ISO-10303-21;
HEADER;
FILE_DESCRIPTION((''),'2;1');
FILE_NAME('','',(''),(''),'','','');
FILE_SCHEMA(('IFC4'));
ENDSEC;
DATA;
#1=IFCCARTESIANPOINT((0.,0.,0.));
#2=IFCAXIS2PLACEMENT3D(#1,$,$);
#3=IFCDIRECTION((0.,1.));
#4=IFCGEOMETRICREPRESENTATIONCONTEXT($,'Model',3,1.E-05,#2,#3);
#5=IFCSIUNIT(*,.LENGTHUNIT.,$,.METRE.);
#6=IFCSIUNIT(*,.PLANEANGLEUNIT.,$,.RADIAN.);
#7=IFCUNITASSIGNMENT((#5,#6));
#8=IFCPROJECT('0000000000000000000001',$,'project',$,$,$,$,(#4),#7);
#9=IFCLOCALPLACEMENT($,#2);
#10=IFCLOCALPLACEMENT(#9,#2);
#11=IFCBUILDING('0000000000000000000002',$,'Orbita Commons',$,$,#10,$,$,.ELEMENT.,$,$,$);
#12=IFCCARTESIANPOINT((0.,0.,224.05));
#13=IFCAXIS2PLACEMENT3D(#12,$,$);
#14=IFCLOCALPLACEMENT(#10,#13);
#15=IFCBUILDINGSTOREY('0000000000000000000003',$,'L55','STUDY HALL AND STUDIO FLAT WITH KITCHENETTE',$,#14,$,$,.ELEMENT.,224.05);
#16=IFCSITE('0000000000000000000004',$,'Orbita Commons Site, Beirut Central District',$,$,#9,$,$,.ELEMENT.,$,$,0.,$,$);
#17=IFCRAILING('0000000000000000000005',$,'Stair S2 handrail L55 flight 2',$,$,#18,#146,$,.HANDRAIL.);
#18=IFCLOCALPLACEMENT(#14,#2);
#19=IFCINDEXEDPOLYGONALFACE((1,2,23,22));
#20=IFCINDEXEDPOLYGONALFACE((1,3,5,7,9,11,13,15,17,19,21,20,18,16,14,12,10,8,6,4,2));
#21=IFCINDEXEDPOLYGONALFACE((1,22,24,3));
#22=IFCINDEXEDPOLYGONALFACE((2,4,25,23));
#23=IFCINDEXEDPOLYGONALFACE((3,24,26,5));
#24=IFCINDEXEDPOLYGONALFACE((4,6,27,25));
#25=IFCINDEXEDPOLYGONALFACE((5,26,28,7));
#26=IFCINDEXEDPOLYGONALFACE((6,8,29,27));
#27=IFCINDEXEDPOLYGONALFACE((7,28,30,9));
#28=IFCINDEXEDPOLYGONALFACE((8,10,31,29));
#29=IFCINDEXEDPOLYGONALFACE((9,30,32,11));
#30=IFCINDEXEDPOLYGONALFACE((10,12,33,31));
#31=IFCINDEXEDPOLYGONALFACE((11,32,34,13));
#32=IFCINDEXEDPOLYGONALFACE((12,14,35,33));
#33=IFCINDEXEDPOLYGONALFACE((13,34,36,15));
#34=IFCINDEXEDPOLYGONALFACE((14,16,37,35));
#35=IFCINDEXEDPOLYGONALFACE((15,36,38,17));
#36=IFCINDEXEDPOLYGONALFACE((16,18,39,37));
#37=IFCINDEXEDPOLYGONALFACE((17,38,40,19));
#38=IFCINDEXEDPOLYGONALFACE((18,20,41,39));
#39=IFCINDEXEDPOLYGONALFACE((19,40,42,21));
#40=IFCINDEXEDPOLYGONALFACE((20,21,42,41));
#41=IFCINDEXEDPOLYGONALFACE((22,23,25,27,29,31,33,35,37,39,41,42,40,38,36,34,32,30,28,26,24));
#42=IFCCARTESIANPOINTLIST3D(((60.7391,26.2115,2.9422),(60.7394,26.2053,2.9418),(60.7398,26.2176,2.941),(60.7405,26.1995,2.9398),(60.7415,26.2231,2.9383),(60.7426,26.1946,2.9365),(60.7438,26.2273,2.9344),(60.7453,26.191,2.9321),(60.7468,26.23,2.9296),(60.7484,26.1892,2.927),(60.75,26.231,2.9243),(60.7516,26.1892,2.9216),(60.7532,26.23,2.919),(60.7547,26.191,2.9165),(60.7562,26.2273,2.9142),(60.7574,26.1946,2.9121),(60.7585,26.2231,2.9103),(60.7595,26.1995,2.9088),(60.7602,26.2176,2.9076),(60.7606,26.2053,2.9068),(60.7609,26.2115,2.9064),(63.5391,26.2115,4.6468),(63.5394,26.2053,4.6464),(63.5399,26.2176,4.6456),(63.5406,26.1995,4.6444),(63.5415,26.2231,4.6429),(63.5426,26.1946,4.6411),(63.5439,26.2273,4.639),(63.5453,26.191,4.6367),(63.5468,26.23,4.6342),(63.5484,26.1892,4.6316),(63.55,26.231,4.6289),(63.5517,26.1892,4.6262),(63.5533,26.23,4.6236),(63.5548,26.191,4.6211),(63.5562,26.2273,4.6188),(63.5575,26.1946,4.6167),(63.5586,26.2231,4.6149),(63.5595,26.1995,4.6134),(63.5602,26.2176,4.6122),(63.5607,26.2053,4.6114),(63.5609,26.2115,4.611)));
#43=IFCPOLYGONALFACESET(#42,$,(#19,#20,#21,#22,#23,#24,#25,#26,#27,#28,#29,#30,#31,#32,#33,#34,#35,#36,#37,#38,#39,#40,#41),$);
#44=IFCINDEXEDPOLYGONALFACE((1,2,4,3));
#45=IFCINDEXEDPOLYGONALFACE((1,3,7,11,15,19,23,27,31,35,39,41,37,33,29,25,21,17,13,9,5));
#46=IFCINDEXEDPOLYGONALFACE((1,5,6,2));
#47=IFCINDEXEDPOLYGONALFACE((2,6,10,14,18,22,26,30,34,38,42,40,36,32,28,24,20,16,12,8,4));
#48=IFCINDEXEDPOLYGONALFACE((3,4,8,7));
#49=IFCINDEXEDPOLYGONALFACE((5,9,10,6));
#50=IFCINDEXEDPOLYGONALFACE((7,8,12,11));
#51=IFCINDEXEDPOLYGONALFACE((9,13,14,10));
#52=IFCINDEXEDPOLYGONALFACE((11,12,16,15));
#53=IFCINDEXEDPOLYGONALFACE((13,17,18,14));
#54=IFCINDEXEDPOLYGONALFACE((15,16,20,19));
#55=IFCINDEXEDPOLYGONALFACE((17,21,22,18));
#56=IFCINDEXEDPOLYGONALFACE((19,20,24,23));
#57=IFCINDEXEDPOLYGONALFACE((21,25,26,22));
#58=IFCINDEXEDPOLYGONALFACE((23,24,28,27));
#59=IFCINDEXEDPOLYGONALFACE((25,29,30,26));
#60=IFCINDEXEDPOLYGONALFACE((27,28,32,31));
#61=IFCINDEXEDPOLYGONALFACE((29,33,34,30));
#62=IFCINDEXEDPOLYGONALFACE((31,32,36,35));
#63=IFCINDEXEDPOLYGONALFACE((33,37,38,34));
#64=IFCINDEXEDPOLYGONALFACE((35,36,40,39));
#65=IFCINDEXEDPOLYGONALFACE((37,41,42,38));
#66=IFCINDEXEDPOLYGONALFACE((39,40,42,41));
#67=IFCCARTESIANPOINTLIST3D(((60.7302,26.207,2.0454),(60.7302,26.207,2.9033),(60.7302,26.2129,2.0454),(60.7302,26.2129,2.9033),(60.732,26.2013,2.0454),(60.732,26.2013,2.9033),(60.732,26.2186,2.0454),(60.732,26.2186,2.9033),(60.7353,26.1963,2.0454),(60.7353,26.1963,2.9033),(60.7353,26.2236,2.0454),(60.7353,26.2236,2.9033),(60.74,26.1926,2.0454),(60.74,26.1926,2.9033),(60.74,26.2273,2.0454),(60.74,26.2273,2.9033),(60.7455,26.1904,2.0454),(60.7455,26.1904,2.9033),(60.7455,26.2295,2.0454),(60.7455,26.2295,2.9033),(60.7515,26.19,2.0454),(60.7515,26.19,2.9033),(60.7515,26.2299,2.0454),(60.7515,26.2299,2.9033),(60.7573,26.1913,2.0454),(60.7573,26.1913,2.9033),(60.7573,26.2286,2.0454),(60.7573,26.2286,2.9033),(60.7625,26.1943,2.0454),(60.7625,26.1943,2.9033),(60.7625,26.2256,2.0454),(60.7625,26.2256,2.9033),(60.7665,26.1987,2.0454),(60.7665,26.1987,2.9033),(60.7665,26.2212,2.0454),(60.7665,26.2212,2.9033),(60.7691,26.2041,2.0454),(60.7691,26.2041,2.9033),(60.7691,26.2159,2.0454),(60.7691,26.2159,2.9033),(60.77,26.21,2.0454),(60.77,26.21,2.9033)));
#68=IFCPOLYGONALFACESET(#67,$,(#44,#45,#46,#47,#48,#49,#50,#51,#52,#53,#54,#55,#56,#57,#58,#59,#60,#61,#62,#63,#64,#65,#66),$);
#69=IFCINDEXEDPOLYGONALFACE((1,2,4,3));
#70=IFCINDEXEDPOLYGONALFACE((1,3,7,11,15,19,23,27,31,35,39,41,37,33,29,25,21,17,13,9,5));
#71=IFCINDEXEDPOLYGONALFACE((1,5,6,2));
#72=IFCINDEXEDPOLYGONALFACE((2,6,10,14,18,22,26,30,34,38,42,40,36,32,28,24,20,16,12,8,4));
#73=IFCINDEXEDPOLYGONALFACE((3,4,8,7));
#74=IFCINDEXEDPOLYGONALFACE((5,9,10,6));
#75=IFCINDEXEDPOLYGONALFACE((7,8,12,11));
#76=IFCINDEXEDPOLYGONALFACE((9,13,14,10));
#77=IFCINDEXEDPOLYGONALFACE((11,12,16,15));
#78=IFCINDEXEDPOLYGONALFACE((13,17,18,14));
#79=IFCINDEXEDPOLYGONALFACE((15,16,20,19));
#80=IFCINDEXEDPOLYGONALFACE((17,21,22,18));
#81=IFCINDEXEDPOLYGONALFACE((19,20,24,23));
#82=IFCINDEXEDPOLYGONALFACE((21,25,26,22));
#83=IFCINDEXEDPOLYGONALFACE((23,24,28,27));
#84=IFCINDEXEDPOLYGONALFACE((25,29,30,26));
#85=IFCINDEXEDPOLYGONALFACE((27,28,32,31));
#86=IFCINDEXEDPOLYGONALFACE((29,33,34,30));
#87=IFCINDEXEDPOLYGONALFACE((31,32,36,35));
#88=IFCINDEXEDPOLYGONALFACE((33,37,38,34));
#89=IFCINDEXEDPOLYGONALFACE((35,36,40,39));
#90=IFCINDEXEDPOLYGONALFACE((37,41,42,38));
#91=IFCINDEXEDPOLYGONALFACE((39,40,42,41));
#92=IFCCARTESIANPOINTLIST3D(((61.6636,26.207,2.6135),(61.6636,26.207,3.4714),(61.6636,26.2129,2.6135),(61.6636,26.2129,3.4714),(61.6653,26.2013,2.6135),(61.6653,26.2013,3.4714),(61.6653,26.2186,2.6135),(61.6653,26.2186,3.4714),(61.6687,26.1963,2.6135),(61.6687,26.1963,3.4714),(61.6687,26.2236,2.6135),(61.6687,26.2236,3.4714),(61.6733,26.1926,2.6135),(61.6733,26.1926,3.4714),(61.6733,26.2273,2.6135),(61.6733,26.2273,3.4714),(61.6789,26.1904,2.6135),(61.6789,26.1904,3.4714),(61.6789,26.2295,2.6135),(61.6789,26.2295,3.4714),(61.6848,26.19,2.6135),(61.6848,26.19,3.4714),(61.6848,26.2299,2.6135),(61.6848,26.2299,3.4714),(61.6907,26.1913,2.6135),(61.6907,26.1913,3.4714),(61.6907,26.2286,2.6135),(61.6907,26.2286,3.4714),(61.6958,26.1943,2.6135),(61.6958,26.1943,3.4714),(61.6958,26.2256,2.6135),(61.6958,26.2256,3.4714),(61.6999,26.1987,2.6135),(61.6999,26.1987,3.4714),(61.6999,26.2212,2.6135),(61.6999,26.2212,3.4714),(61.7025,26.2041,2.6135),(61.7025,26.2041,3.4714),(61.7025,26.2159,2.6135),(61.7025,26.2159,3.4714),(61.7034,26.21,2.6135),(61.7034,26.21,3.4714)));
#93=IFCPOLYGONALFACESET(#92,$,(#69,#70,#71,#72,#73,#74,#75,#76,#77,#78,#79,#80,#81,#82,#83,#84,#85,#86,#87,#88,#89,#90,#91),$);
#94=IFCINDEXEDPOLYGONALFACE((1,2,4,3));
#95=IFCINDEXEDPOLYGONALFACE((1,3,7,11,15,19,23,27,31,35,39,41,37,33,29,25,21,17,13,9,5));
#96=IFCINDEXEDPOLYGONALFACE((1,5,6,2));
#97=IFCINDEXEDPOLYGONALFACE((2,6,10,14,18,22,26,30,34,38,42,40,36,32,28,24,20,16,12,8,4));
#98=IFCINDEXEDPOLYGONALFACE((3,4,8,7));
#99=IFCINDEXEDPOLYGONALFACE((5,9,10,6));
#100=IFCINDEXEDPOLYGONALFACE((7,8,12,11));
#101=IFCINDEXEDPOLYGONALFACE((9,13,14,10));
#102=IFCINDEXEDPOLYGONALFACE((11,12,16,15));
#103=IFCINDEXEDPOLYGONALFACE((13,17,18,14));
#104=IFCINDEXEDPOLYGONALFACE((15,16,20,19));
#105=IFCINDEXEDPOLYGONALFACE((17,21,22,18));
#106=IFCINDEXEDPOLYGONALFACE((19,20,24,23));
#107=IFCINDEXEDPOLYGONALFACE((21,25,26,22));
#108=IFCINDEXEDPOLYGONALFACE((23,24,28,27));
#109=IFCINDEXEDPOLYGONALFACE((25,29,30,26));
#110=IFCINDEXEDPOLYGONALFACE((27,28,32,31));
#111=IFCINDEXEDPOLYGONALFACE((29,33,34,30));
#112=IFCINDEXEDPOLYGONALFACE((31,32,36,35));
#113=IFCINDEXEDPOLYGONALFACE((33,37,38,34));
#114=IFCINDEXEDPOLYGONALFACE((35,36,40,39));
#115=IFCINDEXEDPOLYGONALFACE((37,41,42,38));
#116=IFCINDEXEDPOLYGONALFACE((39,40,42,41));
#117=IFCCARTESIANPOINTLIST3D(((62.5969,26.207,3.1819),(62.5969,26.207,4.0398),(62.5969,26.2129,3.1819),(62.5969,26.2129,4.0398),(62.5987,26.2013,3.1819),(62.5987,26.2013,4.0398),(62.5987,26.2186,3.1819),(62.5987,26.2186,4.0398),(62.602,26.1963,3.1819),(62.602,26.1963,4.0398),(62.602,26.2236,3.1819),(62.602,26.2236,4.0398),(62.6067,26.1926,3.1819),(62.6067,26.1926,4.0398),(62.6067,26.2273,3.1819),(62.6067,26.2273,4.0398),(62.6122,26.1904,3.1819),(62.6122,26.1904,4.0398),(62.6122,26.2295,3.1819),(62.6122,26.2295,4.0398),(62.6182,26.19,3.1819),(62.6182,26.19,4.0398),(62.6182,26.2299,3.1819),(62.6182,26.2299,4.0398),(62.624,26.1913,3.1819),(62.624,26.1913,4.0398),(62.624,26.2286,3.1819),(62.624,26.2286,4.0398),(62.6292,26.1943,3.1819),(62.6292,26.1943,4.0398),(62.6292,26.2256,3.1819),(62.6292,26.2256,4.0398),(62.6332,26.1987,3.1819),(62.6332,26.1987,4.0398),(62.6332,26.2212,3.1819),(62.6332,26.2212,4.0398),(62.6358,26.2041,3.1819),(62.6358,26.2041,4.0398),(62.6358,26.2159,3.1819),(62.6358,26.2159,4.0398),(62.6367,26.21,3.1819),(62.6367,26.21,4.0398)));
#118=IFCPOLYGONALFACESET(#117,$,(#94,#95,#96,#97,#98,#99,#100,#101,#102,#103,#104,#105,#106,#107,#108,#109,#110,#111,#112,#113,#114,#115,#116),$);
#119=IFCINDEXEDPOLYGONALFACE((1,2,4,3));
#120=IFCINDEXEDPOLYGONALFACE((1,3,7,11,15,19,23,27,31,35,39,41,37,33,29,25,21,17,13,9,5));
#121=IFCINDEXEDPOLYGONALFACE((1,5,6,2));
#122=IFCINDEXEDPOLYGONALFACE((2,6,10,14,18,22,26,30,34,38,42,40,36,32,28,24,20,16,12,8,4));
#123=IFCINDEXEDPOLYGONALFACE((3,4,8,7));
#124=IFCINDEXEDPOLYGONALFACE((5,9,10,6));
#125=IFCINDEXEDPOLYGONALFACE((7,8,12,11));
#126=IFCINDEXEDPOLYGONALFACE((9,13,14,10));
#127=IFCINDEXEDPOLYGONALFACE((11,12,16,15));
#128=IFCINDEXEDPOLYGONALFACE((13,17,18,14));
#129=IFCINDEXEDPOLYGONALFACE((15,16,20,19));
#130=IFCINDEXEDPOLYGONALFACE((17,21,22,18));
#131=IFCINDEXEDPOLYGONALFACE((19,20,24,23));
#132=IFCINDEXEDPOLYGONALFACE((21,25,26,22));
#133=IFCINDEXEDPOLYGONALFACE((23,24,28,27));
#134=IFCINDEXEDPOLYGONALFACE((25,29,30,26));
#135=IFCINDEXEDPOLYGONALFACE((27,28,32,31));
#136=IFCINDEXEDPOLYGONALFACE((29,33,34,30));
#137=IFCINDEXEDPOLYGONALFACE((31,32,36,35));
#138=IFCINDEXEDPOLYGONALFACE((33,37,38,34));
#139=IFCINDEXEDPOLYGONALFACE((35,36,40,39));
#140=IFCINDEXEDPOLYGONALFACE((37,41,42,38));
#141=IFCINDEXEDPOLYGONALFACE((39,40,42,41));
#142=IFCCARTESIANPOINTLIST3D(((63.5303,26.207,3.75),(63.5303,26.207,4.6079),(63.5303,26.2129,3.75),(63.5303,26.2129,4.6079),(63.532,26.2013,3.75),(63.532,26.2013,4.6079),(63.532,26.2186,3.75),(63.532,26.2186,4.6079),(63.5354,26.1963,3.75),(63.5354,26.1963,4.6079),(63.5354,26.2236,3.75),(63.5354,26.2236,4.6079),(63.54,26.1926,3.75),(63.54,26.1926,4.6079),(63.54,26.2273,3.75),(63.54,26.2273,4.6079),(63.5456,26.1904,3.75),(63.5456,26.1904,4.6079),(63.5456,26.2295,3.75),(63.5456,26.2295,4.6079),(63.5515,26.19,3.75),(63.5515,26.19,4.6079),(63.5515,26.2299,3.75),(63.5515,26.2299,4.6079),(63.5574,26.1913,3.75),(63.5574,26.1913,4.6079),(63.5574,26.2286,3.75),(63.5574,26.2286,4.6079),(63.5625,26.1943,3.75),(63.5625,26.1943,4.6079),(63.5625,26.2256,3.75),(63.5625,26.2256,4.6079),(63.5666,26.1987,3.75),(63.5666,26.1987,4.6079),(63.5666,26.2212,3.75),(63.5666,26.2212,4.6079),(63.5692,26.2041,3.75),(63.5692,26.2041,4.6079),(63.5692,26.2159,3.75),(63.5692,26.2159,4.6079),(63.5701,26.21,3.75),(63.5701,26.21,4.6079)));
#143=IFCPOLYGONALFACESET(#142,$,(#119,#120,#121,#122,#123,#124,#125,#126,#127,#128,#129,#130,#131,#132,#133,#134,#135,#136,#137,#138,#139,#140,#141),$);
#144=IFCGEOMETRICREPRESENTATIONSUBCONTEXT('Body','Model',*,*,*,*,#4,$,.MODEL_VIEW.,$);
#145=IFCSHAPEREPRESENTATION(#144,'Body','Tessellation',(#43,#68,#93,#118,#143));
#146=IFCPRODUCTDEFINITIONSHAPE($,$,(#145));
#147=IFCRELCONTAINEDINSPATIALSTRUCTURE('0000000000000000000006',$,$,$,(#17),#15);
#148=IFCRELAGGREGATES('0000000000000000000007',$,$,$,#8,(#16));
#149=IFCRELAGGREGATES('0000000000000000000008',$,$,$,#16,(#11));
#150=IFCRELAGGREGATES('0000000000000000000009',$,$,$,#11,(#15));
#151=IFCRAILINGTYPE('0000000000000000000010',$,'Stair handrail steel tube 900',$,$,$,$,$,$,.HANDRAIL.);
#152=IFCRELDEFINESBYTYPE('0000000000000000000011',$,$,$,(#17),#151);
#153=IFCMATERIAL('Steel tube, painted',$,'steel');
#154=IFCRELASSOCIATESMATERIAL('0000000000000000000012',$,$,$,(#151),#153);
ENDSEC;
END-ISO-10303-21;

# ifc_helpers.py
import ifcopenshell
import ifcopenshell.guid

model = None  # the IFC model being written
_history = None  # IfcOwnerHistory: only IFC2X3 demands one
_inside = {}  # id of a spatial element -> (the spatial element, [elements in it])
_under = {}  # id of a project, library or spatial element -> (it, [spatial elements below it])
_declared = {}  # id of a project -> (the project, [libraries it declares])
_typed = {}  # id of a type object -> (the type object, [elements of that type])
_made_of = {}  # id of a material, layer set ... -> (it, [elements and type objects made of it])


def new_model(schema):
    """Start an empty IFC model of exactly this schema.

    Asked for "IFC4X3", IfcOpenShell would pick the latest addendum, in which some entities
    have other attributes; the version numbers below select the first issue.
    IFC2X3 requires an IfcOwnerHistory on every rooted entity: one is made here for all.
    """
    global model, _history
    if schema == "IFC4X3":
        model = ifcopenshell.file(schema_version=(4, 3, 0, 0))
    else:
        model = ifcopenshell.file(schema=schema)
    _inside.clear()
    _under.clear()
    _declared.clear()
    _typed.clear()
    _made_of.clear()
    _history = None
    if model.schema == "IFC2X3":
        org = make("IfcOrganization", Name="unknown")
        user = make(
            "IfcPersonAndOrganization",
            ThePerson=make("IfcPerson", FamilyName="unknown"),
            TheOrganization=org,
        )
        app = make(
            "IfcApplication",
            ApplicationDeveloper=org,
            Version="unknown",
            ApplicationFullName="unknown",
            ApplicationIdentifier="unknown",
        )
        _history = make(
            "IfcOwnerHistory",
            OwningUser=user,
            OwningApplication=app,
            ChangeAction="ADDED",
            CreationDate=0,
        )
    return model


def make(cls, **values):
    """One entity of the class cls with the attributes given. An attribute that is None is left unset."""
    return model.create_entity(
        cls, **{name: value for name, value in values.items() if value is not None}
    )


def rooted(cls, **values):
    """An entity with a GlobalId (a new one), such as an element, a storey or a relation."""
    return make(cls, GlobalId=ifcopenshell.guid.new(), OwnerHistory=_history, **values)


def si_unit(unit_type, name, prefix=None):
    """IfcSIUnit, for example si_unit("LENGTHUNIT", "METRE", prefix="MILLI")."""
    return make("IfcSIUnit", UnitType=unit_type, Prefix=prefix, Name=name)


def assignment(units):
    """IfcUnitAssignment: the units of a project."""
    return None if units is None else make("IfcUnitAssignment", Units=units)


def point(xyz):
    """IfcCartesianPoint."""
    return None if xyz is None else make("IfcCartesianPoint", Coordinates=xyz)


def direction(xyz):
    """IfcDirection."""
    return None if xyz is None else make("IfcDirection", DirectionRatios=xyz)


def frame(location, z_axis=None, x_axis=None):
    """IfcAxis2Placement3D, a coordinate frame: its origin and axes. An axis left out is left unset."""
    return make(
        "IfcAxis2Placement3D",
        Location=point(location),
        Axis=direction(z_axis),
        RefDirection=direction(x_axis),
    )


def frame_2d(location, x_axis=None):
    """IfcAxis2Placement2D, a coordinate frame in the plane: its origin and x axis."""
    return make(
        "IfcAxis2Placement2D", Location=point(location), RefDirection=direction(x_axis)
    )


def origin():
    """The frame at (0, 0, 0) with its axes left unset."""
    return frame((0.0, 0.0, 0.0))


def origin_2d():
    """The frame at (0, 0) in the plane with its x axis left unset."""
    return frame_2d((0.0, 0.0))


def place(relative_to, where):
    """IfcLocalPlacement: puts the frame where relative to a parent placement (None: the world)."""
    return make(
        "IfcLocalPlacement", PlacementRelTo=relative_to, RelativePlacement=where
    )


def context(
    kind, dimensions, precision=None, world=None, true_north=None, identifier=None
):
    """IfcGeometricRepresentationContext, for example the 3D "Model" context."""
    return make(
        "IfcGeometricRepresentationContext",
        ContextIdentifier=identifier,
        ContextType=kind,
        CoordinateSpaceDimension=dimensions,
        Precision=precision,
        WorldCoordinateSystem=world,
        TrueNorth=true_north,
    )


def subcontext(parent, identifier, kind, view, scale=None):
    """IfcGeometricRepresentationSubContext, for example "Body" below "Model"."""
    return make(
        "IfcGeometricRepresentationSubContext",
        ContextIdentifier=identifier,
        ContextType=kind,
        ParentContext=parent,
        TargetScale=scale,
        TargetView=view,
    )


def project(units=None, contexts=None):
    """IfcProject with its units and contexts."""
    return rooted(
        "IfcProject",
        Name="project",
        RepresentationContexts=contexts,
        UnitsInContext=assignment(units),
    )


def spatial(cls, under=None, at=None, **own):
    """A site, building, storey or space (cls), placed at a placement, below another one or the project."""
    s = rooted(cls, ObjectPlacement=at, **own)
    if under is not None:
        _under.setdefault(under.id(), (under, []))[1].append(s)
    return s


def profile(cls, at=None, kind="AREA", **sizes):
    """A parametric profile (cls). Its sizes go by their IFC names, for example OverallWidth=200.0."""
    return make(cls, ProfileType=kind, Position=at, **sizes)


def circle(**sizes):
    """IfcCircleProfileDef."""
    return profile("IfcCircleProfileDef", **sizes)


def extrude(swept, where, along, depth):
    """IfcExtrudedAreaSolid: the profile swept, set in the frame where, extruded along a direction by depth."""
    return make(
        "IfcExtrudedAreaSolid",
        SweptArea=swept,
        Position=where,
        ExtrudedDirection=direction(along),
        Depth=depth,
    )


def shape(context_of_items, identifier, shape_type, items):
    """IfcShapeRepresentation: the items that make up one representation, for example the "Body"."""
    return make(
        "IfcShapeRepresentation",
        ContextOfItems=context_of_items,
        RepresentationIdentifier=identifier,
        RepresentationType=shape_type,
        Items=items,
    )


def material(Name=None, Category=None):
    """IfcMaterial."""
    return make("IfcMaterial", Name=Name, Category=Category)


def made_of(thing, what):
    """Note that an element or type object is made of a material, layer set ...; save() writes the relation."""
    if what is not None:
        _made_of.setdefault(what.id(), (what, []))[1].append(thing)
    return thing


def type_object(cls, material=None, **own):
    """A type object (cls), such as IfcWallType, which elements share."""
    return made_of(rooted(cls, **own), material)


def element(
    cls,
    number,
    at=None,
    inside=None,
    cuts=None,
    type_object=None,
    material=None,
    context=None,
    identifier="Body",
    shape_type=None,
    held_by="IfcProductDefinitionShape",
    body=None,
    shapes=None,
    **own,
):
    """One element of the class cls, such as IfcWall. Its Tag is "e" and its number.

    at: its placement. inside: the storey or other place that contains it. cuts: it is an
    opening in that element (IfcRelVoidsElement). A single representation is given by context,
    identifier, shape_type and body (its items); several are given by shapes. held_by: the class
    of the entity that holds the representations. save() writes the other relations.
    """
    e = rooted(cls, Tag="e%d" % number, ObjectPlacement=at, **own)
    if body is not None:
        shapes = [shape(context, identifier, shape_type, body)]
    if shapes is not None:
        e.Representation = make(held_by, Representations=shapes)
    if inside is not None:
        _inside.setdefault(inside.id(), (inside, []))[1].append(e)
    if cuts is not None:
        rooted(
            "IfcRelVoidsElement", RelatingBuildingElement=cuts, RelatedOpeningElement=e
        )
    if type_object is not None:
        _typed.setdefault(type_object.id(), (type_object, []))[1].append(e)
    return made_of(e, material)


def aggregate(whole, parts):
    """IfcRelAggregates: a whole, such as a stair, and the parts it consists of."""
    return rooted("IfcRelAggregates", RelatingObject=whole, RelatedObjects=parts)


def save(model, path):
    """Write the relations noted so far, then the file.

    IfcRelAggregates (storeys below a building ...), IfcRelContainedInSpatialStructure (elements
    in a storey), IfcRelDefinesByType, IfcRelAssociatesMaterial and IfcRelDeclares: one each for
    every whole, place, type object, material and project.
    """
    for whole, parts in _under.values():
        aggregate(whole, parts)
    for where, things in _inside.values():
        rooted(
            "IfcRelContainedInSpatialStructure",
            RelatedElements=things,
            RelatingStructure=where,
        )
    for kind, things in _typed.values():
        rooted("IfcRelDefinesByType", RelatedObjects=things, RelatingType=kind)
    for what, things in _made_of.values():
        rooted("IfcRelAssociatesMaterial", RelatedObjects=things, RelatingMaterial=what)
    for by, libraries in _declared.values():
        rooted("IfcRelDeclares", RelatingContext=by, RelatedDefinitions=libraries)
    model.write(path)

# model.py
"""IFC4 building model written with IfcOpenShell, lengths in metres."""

from ifc_helpers import new_model, si_unit, direction, frame, origin, origin_2d, place, context, subcontext, project, spatial, circle, extrude, material, type_object, element, save


model = new_model("IFC4")

# Units and contexts
model_context = context("Model", 3, precision=1e-05, world=origin(), true_north=direction((0.0, 1.0)))
body_context = subcontext(model_context, "Body", "Model", "MODEL_VIEW")
ifc_project = project(units=[si_unit("LENGTHUNIT", "METRE"), si_unit("PLANEANGLEUNIT", "RADIAN")], contexts=[model_context])

# Site, building, storey
site_placement = place(None, origin())
site = spatial("IfcSite", under=ifc_project, at=site_placement, Name="Orbita Commons Site, Beirut Central District", CompositionType="ELEMENT", RefElevation=0.0)
building_placement = place(site_placement, origin())
building = spatial("IfcBuilding", under=site, at=building_placement, Name="Orbita Commons", CompositionType="ELEMENT")
storey_placement = place(building_placement, frame((0.0, 0.0, 224.05)))
storey = spatial("IfcBuildingStorey", under=building, at=storey_placement, Name="L55", Description="STUDY HALL AND STUDIO FLAT WITH KITCHENETTE", CompositionType="ELEMENT", Elevation=224.05)

# Railing
ifc_material_1 = material(Name="Steel tube, painted", Category="steel")
railing_type = type_object("IfcRailingType", Name="Stair handrail steel tube 900", PredefinedType="HANDRAIL", material=ifc_material_1)
for number, where, name in (
    (1, (60.75, 26.21, 2.0454), "Stair S2 handrail L55 flight 2"),
):
    element("IfcRailing", number, at=place(storey_placement, frame(where)), inside=storey, type_object=railing_type, Name=name, PredefinedType="HANDRAIL", context=body_context, shape_type="SweptSolid", body=[
        extrude(circle(Radius=0.021, at=origin_2d()), frame((0.0, 0.0, 0.8789), z_axis=(0.85417, 0.0, 0.519994), x_axis=(0.0, 1.0, 0.0)), (0.0, 0.0, 1.0), 3.2781),
        extrude(circle(Radius=0.02, at=origin_2d()), origin(), (0.0, 0.0, 1.0), 0.8579),
        extrude(circle(Radius=0.02, at=origin_2d()), frame((0.9333, 0.0, 0.5681)), (0.0, 0.0, 1.0), 0.8579),
        extrude(circle(Radius=0.02, at=origin_2d()), frame((1.8667, 0.0, 1.1365)), (0.0, 0.0, 1.0), 0.8579),
        extrude(circle(Radius=0.02, at=origin_2d()), frame((2.8, 0.0, 1.7046)), (0.0, 0.0, 1.0), 0.8579),
    ])

save(model, "model.ifc")
